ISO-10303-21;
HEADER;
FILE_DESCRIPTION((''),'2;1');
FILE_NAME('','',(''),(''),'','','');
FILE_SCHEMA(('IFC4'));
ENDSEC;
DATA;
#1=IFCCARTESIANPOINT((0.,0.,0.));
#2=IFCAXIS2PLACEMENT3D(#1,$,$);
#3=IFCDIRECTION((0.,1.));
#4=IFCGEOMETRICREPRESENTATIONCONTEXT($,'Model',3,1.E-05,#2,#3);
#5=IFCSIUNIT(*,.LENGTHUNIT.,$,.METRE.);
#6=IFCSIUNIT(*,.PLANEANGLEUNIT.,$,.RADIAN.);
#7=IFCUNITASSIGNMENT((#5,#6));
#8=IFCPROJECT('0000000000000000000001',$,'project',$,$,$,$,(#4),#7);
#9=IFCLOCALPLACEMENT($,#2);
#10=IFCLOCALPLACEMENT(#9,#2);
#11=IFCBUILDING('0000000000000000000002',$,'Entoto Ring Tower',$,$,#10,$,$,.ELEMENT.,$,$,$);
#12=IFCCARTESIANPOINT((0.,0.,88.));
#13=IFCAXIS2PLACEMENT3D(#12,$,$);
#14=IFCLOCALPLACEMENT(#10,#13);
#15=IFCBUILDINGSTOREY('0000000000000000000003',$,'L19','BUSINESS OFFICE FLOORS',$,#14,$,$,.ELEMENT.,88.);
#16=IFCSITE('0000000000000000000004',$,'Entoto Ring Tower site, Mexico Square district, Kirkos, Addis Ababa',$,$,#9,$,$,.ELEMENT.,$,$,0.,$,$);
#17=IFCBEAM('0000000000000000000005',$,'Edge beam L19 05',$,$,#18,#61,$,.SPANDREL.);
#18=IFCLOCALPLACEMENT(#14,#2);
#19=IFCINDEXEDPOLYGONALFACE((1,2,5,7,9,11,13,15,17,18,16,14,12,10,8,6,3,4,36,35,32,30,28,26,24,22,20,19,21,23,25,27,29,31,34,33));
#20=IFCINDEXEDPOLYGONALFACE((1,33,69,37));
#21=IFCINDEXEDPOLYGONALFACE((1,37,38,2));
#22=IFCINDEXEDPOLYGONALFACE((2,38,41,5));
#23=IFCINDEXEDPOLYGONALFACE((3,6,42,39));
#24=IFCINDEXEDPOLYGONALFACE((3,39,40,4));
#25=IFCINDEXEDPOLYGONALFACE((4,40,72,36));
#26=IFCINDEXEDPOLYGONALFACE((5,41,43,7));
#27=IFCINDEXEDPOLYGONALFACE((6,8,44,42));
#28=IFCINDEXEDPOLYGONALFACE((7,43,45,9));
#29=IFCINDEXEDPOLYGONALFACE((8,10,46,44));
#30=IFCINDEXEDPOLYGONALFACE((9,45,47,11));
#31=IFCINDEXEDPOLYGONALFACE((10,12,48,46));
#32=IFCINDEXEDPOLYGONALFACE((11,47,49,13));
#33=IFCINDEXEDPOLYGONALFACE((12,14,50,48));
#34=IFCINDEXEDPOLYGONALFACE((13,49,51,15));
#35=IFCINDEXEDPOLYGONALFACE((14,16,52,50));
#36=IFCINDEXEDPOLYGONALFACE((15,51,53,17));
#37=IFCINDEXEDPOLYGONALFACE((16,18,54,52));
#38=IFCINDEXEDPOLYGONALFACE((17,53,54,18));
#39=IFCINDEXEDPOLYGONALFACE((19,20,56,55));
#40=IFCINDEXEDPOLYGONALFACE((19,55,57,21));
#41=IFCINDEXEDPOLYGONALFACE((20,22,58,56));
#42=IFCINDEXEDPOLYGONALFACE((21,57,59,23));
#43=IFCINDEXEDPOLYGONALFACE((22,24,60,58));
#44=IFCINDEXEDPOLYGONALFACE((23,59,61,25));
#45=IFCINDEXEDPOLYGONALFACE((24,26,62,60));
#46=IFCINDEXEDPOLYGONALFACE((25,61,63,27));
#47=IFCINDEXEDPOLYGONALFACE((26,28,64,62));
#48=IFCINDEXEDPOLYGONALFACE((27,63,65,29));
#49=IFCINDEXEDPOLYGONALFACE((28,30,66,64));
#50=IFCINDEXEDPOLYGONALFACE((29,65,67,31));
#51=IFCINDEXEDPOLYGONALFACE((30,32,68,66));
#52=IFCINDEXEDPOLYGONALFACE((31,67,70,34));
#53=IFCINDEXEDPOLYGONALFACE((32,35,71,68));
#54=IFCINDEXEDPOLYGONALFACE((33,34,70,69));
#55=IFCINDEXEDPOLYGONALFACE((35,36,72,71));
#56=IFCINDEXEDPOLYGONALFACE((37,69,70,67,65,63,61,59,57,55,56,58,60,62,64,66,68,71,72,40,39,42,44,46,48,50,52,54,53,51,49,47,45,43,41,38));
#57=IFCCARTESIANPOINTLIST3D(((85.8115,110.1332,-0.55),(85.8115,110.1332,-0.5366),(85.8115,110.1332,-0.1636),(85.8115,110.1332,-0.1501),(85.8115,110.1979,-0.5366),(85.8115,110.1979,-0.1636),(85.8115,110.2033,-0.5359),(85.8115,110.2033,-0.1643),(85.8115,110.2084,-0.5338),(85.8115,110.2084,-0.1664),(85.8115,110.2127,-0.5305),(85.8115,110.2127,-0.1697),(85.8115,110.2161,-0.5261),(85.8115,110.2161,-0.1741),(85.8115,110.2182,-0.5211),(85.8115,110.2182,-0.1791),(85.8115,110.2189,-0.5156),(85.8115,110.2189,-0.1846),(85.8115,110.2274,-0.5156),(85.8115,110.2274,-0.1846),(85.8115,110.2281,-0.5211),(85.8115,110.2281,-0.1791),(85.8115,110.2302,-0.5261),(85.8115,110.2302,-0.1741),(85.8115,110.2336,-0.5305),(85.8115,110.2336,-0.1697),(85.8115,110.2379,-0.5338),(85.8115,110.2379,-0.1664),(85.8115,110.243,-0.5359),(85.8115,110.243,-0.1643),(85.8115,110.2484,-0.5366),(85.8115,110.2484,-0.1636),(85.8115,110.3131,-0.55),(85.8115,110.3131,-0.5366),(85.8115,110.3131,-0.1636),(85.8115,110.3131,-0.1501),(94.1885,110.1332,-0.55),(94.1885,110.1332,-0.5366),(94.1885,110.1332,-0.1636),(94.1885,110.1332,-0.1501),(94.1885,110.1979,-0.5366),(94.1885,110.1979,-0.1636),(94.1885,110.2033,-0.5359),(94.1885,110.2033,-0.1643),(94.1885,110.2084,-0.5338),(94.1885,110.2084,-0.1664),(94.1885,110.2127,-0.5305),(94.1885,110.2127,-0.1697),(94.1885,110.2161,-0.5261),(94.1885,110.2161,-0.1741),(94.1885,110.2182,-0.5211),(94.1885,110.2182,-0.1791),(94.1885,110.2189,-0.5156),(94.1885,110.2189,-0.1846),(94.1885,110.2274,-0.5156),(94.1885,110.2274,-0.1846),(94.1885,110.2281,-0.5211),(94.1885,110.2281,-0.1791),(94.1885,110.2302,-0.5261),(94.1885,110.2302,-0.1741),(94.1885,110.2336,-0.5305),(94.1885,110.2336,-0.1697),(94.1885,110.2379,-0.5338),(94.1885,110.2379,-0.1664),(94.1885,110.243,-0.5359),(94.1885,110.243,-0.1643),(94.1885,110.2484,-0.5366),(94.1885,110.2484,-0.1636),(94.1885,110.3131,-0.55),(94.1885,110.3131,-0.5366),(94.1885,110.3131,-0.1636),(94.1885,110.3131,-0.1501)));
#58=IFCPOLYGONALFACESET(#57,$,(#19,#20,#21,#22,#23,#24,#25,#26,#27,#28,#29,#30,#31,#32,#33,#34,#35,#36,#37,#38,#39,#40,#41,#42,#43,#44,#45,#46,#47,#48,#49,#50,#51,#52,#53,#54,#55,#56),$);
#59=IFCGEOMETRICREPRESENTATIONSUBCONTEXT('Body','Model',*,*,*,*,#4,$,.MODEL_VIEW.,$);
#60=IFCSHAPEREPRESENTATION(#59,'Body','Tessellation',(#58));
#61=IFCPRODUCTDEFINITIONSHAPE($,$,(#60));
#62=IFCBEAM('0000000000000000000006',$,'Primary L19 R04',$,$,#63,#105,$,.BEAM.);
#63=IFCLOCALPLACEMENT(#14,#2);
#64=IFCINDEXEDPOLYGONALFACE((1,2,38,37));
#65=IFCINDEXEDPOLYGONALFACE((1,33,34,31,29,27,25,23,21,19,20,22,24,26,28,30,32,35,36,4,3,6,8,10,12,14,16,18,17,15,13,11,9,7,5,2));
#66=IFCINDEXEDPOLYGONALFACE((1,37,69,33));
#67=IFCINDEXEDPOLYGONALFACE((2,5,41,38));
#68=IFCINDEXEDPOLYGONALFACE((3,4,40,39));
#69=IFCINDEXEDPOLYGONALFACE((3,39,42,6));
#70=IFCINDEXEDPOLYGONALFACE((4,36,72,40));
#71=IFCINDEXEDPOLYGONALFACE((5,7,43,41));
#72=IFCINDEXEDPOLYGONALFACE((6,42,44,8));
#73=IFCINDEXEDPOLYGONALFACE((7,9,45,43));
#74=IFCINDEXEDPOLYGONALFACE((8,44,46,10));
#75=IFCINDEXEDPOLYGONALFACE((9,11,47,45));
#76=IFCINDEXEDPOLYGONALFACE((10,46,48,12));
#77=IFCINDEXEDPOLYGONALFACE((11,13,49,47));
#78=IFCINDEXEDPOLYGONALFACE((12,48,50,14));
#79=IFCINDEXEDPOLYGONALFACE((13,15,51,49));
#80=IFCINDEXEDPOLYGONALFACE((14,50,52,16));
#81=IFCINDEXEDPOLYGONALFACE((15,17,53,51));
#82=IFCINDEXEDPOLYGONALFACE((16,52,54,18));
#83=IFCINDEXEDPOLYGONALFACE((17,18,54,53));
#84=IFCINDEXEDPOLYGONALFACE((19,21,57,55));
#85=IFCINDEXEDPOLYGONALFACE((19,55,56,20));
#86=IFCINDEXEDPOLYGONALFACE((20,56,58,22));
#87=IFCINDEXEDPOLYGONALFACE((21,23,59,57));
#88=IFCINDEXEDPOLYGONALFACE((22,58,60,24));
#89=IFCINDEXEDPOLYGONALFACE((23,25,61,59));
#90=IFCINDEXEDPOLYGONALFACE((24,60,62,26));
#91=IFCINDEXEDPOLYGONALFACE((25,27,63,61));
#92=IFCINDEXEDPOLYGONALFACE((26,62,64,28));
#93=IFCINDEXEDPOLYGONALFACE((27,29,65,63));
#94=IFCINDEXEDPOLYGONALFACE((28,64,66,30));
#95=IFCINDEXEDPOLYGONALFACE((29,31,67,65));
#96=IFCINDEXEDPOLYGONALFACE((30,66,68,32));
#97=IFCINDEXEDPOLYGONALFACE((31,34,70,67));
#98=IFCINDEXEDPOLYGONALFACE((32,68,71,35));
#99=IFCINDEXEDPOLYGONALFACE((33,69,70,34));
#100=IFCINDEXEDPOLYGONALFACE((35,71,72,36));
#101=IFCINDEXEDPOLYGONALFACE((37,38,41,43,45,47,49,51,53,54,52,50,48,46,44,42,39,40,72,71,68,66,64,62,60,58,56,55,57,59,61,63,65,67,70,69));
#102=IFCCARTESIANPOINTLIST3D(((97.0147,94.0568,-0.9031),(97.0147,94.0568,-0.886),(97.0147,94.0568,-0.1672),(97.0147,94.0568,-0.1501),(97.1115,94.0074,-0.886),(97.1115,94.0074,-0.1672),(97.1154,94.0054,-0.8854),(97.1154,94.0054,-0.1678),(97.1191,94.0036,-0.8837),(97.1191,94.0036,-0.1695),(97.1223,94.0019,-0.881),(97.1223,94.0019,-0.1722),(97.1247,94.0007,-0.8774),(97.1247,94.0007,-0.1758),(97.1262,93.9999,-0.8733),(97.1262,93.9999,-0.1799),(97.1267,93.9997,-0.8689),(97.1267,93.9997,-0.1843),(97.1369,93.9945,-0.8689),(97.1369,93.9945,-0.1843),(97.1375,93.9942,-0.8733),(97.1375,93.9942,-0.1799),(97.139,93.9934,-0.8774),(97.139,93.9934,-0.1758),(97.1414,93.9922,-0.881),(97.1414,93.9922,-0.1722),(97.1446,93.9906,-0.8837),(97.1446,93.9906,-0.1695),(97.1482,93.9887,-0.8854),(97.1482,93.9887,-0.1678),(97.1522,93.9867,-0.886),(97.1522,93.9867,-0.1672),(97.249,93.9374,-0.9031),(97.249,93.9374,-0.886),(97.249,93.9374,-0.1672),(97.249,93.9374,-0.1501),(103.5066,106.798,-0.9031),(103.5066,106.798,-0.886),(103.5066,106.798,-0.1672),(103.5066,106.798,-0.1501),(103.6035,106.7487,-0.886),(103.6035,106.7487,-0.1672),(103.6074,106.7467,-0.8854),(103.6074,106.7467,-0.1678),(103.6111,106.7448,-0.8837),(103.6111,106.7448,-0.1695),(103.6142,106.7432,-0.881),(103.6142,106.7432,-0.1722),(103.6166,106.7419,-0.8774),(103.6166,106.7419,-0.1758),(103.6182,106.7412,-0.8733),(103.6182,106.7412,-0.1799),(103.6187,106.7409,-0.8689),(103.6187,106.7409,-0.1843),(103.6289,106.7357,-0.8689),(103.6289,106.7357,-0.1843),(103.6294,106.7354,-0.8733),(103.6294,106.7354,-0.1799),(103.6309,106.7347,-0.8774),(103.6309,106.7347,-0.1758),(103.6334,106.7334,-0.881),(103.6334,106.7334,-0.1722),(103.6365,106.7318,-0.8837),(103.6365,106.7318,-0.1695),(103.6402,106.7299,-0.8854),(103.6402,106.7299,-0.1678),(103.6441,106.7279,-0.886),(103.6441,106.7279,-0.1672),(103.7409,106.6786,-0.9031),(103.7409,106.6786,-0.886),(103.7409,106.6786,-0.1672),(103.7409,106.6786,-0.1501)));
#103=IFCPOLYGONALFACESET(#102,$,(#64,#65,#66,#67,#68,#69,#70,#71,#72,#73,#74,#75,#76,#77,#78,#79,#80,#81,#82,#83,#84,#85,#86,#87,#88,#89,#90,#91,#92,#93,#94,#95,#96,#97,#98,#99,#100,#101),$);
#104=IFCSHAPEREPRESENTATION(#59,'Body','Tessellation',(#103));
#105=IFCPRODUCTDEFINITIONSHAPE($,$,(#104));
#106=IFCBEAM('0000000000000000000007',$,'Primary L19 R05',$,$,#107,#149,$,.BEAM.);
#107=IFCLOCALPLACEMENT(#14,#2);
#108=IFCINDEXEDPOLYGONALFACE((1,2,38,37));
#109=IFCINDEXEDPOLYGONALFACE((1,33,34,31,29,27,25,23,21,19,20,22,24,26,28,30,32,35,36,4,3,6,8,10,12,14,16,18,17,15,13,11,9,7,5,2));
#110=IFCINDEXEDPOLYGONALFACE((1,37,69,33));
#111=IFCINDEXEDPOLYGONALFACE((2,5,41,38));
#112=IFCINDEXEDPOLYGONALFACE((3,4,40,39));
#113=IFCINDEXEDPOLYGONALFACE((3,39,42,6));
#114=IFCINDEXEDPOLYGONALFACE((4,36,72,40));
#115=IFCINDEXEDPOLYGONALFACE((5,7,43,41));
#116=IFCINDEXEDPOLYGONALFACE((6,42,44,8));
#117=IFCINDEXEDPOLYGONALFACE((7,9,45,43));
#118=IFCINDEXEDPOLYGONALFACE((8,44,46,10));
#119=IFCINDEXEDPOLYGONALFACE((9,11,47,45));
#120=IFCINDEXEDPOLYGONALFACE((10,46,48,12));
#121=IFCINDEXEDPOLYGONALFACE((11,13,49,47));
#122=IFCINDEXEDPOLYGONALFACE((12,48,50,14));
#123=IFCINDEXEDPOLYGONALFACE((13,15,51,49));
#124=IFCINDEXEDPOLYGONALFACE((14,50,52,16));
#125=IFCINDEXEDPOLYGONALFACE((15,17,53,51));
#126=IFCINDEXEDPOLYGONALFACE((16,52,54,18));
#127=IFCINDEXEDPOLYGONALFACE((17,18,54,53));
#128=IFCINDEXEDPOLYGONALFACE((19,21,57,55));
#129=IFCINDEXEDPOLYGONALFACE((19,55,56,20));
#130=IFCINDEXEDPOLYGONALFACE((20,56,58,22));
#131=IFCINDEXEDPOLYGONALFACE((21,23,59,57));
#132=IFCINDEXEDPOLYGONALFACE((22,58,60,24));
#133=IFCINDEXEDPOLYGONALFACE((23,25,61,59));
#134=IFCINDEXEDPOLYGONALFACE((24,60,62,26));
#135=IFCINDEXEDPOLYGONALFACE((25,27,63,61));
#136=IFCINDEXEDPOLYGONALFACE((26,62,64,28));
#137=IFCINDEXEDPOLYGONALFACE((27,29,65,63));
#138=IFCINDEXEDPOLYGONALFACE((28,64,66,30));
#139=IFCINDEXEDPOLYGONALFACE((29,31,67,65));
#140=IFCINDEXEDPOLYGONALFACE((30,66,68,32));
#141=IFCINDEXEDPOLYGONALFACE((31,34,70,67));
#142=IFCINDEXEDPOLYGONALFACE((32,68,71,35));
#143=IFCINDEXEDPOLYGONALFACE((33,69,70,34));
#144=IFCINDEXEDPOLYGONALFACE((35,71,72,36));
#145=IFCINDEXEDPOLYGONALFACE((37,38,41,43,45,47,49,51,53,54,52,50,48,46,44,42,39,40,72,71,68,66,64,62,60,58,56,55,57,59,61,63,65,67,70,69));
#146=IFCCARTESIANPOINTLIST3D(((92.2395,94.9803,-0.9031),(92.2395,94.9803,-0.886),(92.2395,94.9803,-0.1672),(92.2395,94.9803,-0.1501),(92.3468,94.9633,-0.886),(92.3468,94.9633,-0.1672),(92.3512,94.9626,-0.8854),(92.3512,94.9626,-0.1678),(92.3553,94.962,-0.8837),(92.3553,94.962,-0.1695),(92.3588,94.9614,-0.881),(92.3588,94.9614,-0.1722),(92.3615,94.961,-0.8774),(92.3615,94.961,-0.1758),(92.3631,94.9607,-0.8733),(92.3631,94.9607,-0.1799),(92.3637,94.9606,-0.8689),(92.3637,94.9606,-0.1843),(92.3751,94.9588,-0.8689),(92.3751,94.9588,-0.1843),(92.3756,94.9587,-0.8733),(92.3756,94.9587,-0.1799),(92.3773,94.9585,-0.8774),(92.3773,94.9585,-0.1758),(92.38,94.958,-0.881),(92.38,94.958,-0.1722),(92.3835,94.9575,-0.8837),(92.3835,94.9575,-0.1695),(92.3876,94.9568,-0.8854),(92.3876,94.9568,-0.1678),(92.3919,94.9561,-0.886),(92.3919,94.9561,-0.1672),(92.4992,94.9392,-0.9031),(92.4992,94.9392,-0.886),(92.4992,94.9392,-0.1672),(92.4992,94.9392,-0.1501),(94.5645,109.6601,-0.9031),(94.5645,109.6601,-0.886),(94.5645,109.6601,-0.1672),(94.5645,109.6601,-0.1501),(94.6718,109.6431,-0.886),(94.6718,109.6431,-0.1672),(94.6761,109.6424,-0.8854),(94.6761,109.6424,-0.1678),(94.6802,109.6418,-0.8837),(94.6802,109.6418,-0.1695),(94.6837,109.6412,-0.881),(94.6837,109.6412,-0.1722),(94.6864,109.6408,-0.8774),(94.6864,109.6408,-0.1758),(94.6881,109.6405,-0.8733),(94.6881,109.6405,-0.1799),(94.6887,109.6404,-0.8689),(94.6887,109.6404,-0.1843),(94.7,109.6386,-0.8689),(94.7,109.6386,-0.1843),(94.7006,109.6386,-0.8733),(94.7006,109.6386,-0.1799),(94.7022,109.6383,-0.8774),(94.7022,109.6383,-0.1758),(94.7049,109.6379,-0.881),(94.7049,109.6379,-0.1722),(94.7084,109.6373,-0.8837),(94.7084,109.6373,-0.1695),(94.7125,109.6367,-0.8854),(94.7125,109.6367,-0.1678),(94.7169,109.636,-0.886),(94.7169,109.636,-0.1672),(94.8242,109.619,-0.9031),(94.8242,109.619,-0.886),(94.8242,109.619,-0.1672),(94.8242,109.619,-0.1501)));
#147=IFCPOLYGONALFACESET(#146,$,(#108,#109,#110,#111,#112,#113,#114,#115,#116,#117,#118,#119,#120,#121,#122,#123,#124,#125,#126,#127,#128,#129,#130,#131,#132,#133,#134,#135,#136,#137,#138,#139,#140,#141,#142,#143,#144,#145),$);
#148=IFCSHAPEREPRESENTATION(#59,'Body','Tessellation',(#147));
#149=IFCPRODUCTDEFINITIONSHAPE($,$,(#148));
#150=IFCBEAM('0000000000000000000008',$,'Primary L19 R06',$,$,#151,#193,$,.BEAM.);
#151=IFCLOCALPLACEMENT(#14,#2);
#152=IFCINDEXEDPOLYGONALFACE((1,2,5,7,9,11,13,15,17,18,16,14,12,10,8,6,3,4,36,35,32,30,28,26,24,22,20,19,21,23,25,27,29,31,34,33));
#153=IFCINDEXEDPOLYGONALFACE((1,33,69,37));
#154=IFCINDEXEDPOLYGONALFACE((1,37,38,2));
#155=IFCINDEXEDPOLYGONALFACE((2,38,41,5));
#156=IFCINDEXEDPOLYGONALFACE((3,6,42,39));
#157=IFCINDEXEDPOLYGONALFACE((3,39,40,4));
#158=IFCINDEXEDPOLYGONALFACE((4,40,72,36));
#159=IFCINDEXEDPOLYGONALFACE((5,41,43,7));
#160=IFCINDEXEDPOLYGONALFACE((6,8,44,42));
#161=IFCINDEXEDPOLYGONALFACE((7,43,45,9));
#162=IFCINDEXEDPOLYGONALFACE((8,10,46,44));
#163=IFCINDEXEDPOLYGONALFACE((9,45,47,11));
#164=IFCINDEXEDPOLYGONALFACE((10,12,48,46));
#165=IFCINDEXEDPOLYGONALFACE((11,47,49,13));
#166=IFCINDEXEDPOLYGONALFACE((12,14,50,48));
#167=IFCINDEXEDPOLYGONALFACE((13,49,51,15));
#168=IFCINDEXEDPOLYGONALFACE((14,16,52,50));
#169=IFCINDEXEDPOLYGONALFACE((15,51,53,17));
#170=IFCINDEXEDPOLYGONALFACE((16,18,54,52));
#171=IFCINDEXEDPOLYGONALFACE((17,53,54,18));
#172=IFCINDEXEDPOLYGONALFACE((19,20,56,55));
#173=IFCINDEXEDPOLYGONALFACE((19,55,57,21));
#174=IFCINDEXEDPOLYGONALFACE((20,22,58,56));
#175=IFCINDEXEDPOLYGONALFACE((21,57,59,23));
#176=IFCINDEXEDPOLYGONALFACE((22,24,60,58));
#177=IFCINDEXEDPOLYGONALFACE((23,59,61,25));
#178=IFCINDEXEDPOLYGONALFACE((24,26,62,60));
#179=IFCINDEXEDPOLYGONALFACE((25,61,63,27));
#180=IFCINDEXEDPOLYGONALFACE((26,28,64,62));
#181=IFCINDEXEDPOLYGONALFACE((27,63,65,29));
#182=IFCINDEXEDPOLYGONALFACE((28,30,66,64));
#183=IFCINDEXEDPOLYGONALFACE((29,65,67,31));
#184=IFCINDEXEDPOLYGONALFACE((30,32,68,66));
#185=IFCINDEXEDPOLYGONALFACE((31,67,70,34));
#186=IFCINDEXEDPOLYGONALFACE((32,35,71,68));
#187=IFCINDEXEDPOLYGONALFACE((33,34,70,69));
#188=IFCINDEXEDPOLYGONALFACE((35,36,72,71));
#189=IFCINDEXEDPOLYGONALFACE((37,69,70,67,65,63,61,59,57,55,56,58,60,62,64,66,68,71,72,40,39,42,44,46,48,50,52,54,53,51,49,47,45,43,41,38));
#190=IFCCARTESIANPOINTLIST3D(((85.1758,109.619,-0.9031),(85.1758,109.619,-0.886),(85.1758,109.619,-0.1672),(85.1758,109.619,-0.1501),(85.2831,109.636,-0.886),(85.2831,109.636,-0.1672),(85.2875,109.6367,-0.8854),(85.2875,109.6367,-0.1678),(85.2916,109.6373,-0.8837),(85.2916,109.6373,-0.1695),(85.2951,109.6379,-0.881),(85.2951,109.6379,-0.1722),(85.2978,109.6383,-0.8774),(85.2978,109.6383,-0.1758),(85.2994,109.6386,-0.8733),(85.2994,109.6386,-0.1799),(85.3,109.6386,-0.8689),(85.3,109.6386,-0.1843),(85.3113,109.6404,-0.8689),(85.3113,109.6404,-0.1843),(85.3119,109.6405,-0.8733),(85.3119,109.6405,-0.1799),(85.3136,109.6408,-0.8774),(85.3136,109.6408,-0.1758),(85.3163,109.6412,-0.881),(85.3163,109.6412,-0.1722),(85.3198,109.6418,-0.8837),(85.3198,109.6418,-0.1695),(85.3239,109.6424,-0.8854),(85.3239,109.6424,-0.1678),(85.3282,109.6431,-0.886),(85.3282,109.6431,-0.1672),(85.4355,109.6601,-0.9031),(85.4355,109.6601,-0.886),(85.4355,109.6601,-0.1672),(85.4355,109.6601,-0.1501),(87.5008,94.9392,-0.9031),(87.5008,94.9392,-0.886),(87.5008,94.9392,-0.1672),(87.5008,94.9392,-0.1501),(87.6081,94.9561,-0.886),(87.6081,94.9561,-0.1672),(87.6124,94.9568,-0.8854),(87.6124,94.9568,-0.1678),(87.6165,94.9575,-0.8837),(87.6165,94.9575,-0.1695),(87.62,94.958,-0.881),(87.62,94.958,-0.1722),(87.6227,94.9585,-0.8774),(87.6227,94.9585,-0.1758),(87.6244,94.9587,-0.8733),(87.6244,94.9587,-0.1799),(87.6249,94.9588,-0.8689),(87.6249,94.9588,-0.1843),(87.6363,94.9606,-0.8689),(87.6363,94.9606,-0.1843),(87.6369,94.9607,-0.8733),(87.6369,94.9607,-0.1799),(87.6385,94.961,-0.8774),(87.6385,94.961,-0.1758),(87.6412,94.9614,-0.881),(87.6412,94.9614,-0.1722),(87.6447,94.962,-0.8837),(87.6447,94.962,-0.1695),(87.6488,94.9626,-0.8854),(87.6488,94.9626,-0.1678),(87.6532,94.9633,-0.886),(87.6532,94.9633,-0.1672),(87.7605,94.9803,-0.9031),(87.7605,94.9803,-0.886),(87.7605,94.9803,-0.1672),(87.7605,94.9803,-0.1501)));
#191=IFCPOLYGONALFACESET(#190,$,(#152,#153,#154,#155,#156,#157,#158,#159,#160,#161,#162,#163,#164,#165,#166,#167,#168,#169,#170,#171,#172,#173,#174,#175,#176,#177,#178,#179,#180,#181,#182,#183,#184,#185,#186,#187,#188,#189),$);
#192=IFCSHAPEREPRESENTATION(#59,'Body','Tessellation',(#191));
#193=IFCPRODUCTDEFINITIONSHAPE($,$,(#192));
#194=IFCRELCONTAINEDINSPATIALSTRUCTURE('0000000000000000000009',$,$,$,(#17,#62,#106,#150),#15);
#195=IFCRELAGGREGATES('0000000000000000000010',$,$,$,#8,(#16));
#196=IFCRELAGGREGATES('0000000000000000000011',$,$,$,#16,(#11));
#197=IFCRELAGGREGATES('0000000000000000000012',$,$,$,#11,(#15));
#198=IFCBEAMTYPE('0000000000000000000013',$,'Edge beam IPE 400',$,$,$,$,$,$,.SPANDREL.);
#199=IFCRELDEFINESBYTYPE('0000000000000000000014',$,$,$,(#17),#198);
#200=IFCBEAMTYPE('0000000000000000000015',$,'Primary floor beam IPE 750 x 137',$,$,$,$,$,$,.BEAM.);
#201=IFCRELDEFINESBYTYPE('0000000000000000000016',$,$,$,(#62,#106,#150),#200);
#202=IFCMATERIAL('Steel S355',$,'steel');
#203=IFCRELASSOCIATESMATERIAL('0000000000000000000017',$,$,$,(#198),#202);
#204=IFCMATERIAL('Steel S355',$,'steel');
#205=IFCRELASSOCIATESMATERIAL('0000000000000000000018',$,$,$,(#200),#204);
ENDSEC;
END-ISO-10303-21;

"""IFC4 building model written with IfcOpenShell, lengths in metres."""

from ifc_helpers import new_model, si_unit, direction, frame, origin, origin_2d, place, context, subcontext, project, spatial, i_section, extrude, material, material_profile, profile_set, type_object, element, save


model = new_model("IFC4")

# Units and contexts
model_context = context("Model", 3, precision=1e-05, world=origin(), true_north=direction((0.0, 1.0)))
body_context = subcontext(model_context, "Body", "Model", "MODEL_VIEW")
ifc_project = project(units=[si_unit("LENGTHUNIT", "METRE"), si_unit("PLANEANGLEUNIT", "RADIAN")], contexts=[model_context])

# Site, building, storey
site_placement = place(None, origin())
site = spatial("IfcSite", under=ifc_project, at=site_placement, Name="Entoto Ring Tower site, Mexico Square district, Kirkos, Addis Ababa", CompositionType="ELEMENT", RefElevation=0.0)
building_placement = place(site_placement, origin())
building = spatial("IfcBuilding", under=site, at=building_placement, Name="Entoto Ring Tower", CompositionType="ELEMENT")
storey_placement = place(building_placement, frame((0.0, 0.0, 88.0)))
storey = spatial("IfcBuildingStorey", under=building, at=storey_placement, Name="L19", Description="BUSINESS OFFICE FLOORS", CompositionType="ELEMENT", Elevation=88.0)

# Beams
ifc_material_1 = material(Name="Steel S355", Category="steel")
ifc_material_profile_1 = material_profile(ifc_material_1, i_section(OverallWidth=0.1799, OverallDepth=0.3999, WebThickness=0.0085, FlangeThickness=0.0134, FilletRadius=0.021, at=origin_2d()), Name="IPE 400")
ifc_profile_set_1 = profile_set([ifc_material_profile_1], Name="Steel S355")
beam_type_1 = type_object("IfcBeamType", Name="Edge beam IPE 400", PredefinedType="SPANDREL", material=ifc_profile_set_1)
beam_1_placement = place(storey_placement, frame((94.1885, 110.2231, -0.3501), z_axis=(-1.0, 0.0, 0.0), x_axis=(0.0, -1.0, 0.0)))
element("IfcBeam", 1, at=beam_1_placement, inside=storey, type_object=beam_type_1, Name="Edge beam L19 05", PredefinedType="SPANDREL", context=body_context, shape_type="SweptSolid", body=[
    extrude(i_section(OverallWidth=0.1799, OverallDepth=0.3999, WebThickness=0.0085, FlangeThickness=0.0134, FilletRadius=0.021, at=origin_2d()), origin(), (0.0, 0.0, 1.0), 8.377),
])
ifc_material_2 = material(Name="Steel S355", Category="steel")
ifc_material_profile_2 = material_profile(ifc_material_2, i_section(OverallWidth=0.2629, OverallDepth=0.7529, WebThickness=0.0115, FlangeThickness=0.0171, FilletRadius=0.0171, at=origin_2d()), Name="IPE 750 x 137")
ifc_profile_set_2 = profile_set([ifc_material_profile_2], Name="Steel S355")
beam_type_2 = type_object("IfcBeamType", Name="Primary floor beam IPE 750 x 137", PredefinedType="BEAM", material=ifc_profile_set_2)
beam_2_placement = place(storey_placement, frame((97.1318, 93.9971, -0.5266), z_axis=(0.453989, 0.891007, 0.0), x_axis=(-0.891007, 0.453989, 0.0)))
element("IfcBeam", 2, at=beam_2_placement, inside=storey, type_object=beam_type_2, Name="Primary L19 R04", PredefinedType="BEAM", context=body_context, shape_type="SweptSolid", body=[
    extrude(i_section(OverallWidth=0.2629, OverallDepth=0.7529, WebThickness=0.0115, FlangeThickness=0.0171, FilletRadius=0.0171, at=origin_2d()), origin(), (0.0, 0.0, 1.0), 14.2998),
])
for number, where, z_axis, x_axis, name in (
    (3, (92.3694, 94.9597, -0.5266), (0.156426, 0.98769, 0.0), (-0.98769, 0.156426, 0.0), "Primary L19 R05"),
    (4, (87.6306, 94.9597, -0.5266), (-0.156426, 0.98769, 0.0), (-0.98769, -0.156426, 0.0), "Primary L19 R06"),
):
    element("IfcBeam", number, at=place(storey_placement, frame(where, z_axis=z_axis, x_axis=x_axis)), inside=storey, type_object=beam_type_2, Name=name, PredefinedType="BEAM", context=body_context, shape_type="SweptSolid", body=[
        extrude(i_section(OverallWidth=0.2629, OverallDepth=0.7529, WebThickness=0.0115, FlangeThickness=0.0171, FilletRadius=0.0171, at=origin_2d()), origin(), (0.0, 0.0, 1.0), 14.8628),
    ])

save(model, "model.ifc")
